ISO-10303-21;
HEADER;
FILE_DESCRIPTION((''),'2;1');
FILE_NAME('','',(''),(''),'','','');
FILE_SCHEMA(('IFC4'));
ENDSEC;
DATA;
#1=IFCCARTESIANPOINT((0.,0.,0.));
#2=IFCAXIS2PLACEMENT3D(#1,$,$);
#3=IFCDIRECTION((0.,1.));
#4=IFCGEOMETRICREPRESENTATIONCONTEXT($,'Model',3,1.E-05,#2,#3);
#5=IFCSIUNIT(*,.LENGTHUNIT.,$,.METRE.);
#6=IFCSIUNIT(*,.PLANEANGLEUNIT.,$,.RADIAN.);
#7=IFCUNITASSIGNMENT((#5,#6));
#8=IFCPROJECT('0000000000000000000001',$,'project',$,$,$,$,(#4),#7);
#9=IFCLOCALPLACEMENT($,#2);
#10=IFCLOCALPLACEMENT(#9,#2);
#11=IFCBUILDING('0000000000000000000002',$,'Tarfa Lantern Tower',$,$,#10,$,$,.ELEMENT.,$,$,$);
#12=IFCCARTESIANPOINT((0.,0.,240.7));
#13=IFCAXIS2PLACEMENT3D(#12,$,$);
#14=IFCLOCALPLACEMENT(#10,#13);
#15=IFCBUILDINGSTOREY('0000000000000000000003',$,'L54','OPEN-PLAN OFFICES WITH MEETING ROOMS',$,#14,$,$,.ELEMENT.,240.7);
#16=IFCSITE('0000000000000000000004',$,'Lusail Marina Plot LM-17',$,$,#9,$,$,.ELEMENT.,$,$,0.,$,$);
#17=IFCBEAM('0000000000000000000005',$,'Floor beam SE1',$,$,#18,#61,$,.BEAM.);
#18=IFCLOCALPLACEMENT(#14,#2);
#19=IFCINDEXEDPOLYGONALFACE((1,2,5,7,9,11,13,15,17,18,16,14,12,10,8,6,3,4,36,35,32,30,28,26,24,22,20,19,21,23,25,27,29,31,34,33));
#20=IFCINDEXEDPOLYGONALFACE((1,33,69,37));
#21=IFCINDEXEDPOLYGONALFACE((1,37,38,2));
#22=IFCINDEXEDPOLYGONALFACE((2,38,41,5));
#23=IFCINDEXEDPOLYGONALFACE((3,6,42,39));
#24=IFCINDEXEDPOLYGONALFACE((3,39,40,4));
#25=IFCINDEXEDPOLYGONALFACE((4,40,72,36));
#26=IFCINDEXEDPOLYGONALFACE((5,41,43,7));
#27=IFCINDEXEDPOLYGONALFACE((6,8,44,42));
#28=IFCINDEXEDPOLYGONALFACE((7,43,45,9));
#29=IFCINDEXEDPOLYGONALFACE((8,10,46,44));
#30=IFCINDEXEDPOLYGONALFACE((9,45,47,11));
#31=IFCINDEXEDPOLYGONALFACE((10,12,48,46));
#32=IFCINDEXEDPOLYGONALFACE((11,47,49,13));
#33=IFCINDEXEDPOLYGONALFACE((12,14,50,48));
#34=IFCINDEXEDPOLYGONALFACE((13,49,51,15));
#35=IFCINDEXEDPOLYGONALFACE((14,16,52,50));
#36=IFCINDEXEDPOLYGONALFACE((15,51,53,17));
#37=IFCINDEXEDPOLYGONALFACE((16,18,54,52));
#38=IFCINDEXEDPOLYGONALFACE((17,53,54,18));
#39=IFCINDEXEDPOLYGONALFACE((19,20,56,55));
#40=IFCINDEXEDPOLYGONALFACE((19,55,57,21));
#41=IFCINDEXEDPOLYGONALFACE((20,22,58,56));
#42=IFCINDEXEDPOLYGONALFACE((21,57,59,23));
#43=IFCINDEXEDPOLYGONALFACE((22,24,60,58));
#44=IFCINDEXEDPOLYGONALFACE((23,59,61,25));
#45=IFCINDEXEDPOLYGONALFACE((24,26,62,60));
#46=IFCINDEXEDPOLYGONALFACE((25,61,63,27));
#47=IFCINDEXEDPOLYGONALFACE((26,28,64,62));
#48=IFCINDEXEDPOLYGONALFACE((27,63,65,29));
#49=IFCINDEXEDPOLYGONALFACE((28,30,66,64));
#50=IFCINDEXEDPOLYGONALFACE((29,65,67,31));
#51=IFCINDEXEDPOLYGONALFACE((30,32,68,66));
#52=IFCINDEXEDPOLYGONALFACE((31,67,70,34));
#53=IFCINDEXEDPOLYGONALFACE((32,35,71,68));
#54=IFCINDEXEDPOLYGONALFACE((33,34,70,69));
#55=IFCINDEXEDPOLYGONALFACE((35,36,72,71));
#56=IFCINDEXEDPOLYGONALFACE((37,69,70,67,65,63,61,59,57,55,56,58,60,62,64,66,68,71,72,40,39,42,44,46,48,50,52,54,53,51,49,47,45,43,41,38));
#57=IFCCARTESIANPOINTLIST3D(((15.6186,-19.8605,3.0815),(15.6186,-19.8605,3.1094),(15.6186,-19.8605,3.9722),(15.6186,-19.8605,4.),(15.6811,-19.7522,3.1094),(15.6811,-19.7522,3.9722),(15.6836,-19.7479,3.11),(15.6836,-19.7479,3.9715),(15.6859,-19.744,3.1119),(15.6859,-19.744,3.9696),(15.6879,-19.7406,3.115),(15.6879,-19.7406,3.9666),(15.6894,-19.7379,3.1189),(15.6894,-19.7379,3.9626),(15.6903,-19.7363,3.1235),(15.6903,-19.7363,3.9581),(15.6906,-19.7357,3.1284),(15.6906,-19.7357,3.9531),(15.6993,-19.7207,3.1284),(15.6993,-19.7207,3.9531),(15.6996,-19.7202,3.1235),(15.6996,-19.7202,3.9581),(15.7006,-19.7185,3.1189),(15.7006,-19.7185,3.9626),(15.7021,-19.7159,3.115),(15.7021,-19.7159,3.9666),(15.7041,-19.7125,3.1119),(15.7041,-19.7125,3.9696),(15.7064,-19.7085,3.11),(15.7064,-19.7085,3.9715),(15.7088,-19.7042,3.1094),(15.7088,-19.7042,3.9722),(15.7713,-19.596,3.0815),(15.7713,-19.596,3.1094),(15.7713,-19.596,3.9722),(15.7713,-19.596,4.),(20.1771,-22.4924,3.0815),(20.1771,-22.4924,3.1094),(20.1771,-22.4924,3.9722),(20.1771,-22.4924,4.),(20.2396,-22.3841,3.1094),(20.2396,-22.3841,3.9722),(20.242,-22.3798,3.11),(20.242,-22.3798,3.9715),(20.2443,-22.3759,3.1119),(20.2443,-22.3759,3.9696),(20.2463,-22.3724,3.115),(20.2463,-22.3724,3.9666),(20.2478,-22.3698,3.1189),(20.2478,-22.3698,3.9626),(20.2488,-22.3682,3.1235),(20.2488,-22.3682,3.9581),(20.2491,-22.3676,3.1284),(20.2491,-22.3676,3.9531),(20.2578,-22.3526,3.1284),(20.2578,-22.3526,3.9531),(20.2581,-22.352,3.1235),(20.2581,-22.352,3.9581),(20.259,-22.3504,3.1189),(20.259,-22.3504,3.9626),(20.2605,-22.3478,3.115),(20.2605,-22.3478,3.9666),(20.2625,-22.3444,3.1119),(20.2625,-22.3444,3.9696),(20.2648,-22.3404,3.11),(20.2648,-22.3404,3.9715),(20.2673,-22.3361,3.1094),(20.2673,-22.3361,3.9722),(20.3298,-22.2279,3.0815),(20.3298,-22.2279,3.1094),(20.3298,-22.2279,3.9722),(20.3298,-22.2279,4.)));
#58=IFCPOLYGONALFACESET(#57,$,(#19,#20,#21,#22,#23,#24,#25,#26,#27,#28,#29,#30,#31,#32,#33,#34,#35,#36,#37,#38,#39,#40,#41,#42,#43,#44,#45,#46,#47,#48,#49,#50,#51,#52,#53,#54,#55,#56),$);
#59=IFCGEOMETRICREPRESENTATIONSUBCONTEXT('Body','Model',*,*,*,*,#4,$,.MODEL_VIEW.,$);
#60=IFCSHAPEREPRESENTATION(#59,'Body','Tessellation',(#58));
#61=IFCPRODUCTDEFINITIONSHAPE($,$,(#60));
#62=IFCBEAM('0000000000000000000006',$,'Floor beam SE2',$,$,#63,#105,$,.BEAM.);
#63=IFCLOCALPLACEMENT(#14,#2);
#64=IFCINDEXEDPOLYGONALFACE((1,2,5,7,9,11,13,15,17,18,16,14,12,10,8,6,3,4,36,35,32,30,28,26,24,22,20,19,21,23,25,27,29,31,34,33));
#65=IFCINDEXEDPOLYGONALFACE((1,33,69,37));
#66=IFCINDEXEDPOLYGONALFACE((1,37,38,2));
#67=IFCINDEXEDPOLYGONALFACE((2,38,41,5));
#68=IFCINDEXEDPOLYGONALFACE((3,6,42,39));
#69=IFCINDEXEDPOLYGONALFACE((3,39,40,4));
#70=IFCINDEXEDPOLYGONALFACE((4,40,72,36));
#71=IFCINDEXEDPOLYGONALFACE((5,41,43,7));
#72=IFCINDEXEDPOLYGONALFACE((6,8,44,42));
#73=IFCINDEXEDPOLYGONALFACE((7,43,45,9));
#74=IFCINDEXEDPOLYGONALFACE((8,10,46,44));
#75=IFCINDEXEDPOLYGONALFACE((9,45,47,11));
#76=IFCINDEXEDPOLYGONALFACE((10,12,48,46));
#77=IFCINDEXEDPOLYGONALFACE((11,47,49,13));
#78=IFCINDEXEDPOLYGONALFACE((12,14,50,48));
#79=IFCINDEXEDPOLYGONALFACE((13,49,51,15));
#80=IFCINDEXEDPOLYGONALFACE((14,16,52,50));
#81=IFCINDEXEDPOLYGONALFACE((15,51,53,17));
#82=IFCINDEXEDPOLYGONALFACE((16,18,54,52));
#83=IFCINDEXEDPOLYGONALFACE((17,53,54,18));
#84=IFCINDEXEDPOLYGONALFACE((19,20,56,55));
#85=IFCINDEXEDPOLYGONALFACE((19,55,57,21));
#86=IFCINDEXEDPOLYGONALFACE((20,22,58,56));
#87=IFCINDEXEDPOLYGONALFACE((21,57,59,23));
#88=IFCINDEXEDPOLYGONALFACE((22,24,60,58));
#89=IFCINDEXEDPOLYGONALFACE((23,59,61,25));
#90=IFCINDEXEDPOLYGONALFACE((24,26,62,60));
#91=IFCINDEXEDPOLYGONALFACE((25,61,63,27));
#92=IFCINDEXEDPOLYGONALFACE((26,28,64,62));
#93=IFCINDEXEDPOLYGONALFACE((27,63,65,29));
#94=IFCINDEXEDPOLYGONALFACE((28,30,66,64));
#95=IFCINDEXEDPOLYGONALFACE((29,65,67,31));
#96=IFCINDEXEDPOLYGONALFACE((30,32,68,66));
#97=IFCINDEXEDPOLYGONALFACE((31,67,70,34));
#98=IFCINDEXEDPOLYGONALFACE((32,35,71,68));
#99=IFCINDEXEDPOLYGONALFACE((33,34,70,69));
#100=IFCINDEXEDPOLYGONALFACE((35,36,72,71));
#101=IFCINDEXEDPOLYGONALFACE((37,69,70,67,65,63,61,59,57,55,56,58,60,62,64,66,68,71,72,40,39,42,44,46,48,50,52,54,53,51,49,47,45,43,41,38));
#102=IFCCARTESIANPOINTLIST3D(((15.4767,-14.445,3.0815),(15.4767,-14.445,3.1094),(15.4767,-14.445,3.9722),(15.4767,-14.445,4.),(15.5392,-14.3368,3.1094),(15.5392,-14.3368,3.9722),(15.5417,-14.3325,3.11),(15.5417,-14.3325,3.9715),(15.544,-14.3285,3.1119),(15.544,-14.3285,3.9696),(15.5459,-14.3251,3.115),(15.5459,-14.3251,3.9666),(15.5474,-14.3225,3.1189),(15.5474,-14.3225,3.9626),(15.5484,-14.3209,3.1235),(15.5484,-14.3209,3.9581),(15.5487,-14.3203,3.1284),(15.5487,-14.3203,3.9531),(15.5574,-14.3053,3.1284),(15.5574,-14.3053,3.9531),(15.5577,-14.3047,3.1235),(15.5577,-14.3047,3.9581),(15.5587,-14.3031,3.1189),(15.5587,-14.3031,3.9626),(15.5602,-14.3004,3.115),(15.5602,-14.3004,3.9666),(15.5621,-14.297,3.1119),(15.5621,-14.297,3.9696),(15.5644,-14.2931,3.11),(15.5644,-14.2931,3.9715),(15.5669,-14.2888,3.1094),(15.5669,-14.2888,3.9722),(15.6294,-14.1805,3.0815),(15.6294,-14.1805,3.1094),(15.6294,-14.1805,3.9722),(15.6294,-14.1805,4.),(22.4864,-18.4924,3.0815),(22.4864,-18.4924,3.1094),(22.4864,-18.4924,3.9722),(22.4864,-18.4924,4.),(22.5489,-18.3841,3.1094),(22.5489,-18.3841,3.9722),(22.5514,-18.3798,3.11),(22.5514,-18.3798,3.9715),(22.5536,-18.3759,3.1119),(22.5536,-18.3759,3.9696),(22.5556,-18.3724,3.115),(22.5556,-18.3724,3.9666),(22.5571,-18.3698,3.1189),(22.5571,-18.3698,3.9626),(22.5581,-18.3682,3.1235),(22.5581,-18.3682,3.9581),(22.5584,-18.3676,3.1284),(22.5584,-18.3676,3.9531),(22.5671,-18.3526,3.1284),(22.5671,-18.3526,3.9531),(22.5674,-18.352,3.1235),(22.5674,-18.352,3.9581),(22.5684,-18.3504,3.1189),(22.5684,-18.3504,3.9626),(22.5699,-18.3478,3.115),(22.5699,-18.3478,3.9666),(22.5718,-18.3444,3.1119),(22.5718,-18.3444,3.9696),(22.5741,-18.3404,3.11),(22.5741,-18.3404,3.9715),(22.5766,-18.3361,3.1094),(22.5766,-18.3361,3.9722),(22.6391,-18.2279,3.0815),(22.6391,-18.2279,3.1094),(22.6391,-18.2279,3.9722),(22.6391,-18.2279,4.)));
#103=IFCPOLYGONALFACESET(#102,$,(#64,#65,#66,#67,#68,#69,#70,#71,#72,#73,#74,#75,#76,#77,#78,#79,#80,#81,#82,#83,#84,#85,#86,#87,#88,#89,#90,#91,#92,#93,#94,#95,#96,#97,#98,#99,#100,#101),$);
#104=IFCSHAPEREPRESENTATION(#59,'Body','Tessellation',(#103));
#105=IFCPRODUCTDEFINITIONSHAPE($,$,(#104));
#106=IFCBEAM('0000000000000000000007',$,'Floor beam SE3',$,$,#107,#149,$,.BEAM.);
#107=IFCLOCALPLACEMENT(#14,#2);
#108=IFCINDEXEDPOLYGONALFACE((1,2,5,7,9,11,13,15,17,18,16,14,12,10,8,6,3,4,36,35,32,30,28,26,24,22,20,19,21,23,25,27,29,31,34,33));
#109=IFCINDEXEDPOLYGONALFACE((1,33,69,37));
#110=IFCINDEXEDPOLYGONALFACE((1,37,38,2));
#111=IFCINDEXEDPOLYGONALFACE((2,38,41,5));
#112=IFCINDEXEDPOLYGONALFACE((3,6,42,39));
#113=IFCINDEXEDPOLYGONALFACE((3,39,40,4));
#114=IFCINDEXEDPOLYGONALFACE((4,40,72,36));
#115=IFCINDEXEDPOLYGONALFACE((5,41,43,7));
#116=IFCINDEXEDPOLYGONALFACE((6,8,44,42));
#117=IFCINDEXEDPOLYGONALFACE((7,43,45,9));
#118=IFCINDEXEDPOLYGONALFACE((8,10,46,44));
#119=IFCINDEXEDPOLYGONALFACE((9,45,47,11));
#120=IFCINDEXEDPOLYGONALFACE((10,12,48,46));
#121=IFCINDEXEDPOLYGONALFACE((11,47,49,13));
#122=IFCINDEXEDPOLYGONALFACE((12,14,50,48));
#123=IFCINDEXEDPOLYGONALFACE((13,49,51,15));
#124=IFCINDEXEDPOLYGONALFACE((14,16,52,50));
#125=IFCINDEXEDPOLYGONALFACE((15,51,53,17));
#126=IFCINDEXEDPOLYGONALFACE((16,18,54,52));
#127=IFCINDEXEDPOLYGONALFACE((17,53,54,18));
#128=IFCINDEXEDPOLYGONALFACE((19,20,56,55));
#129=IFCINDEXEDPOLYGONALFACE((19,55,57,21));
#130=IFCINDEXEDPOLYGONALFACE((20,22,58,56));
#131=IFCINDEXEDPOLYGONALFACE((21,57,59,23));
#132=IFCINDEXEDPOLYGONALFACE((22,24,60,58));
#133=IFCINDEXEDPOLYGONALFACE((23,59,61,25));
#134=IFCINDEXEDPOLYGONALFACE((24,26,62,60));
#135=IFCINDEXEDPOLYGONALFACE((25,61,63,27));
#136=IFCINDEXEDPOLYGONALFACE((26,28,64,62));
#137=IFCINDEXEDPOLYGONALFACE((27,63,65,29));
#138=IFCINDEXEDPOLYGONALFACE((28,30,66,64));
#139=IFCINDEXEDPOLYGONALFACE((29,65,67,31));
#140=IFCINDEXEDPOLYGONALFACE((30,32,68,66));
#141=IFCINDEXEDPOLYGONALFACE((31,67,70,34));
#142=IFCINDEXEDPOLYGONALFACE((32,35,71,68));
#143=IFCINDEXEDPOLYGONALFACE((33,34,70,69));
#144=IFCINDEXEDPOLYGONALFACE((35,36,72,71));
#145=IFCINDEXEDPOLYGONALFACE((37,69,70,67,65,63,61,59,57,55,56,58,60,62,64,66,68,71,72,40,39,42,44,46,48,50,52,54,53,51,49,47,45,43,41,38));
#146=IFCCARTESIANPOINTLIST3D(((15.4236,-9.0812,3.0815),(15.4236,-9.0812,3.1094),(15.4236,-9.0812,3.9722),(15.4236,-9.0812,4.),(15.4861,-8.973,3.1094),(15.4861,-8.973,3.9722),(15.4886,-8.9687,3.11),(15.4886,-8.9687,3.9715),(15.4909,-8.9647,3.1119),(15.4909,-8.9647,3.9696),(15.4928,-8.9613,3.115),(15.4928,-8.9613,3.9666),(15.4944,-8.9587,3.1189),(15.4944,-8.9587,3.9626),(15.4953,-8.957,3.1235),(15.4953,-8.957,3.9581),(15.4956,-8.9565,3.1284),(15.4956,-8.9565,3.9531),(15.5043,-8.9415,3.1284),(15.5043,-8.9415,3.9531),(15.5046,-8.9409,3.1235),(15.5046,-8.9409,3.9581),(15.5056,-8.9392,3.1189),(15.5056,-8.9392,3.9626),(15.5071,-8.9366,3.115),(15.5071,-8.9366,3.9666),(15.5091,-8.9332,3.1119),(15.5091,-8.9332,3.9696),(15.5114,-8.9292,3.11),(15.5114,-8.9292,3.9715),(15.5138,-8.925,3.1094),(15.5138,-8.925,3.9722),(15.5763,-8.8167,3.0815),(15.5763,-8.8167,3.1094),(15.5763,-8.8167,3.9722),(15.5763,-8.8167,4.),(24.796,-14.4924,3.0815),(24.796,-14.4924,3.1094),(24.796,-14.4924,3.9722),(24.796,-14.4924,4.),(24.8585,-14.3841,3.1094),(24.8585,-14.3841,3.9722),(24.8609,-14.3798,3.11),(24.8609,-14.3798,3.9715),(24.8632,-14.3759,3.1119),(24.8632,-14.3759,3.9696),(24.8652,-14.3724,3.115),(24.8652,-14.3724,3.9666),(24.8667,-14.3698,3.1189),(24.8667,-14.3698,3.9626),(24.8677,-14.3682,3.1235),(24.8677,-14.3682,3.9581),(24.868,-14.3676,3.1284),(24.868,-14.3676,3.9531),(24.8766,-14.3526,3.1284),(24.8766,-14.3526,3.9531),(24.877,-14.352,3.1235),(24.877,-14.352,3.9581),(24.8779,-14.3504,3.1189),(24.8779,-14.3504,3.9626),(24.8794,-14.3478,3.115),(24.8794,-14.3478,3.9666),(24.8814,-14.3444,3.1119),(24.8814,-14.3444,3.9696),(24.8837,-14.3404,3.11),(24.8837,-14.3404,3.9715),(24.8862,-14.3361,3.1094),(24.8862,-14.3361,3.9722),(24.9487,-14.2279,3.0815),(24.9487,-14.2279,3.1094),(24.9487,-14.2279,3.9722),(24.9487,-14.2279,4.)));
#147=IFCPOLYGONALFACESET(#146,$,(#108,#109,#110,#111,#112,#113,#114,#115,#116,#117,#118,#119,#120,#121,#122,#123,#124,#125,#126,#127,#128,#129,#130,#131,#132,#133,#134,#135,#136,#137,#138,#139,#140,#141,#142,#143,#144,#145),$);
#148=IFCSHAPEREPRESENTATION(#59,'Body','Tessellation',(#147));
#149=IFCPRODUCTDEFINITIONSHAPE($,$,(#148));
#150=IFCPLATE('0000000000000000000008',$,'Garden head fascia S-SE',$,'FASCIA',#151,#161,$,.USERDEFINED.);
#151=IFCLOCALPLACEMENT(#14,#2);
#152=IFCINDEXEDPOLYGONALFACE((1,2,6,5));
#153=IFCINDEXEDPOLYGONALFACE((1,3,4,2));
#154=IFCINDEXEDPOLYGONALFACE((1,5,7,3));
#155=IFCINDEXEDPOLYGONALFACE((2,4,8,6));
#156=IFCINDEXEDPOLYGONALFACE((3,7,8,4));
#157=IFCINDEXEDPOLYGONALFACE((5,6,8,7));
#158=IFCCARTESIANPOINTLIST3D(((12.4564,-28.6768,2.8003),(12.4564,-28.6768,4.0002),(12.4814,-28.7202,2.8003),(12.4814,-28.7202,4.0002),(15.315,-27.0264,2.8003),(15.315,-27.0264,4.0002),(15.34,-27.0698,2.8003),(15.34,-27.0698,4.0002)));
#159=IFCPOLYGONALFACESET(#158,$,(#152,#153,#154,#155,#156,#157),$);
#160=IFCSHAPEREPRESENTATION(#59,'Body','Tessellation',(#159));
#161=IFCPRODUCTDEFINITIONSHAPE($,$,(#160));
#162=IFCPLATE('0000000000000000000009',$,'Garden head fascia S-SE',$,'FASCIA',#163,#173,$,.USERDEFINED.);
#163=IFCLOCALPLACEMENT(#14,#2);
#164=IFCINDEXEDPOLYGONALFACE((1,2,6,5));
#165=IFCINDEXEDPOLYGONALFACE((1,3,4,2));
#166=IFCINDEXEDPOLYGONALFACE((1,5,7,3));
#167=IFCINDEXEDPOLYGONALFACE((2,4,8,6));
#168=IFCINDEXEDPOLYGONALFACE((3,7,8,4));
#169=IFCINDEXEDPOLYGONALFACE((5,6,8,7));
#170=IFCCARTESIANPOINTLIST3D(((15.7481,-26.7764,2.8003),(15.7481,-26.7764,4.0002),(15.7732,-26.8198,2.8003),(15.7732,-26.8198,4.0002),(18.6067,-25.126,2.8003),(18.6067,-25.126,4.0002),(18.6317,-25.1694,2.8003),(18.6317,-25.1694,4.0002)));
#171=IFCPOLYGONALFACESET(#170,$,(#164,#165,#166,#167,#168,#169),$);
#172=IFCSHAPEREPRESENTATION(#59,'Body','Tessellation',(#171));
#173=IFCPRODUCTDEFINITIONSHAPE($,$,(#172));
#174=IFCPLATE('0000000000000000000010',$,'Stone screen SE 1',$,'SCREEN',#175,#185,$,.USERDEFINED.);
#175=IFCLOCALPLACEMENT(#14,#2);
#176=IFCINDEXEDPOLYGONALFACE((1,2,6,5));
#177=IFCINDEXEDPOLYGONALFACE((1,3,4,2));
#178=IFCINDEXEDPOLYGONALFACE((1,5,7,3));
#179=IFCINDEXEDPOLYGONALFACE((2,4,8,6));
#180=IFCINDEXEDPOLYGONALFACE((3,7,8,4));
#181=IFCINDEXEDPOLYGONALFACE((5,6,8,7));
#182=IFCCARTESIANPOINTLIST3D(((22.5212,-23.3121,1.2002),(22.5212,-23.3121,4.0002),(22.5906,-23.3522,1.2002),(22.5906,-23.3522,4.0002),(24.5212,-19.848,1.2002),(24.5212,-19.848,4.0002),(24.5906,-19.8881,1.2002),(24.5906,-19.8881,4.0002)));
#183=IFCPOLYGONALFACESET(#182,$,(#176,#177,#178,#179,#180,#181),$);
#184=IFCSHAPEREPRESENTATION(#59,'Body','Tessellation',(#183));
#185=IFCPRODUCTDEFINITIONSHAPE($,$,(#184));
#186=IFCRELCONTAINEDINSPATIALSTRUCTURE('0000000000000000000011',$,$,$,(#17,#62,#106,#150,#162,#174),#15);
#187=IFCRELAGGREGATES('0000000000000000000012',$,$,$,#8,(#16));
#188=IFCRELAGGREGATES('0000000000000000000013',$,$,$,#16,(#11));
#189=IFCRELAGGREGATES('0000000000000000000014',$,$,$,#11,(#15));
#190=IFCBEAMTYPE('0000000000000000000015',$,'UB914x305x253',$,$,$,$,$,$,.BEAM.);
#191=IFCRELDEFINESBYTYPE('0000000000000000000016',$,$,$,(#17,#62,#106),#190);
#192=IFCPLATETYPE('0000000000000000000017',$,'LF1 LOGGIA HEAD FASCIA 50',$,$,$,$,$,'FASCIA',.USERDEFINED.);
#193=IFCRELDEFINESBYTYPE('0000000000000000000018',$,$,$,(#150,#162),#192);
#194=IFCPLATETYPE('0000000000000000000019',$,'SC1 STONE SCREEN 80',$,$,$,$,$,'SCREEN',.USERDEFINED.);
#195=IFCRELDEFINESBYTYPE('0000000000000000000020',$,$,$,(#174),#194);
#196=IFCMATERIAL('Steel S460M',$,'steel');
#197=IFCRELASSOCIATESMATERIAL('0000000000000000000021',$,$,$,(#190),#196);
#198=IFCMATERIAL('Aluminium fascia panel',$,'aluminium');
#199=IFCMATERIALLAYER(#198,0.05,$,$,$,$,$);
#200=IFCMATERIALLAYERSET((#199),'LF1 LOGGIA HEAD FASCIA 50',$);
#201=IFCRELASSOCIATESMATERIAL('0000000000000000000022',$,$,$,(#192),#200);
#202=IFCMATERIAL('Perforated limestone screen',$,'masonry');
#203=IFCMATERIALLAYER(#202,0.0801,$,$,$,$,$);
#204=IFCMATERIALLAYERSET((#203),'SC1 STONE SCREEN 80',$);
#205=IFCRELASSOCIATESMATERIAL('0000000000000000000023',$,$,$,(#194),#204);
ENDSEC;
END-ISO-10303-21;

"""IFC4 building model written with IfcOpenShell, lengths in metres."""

from ifc_helpers import new_model, si_unit, direction, frame, origin, origin_2d, place, context, subcontext, project, spatial, rectangle, i_section, extrude, material, layer, layer_set, material_profile, profile_set, type_object, element, save


model = new_model("IFC4")

# Units and contexts
model_context = context("Model", 3, precision=1e-05, world=origin(), true_north=direction((0.0, 1.0)))
body_context = subcontext(model_context, "Body", "Model", "MODEL_VIEW")
ifc_project = project(units=[si_unit("LENGTHUNIT", "METRE"), si_unit("PLANEANGLEUNIT", "RADIAN")], contexts=[model_context])

# Site, building, storey
site_placement = place(None, origin())
site = spatial("IfcSite", under=ifc_project, at=site_placement, Name="Lusail Marina Plot LM-17", CompositionType="ELEMENT", RefElevation=0.0)
building_placement = place(site_placement, origin())
building = spatial("IfcBuilding", under=site, at=building_placement, Name="Tarfa Lantern Tower", CompositionType="ELEMENT")
storey_placement = place(building_placement, frame((0.0, 0.0, 240.7)))
storey = spatial("IfcBuildingStorey", under=building, at=storey_placement, Name="L54", Description="OPEN-PLAN OFFICES WITH MEETING ROOMS", CompositionType="ELEMENT", Elevation=240.7)

# Beams
ifc_material_1 = material(Name="Steel S460M", Category="steel")
ifc_material_profile_1 = material_profile(ifc_material_1, i_section(OverallWidth=0.3054, OverallDepth=0.9185, WebThickness=0.0173, FlangeThickness=0.0278, FilletRadius=0.019, at=origin_2d()), Name="UB914x305x253")
ifc_profile_set_1 = profile_set([ifc_material_profile_1], Name="Steel S460M")
beam_type_1 = type_object("IfcBeamType", Name="UB914x305x253", PredefinedType="BEAM", material=ifc_profile_set_1)
beam_1_placement = place(storey_placement, frame((20.2534, -22.3601, 3.5408), z_axis=(-0.86602, 0.50001, 0.0), x_axis=(-0.50001, -0.86602, 0.0)))
element("IfcBeam", 1, at=beam_1_placement, inside=storey, type_object=beam_type_1, Name="Floor beam SE1", PredefinedType="BEAM", context=body_context, shape_type="SweptSolid", body=[
    extrude(i_section(OverallWidth=0.3054, OverallDepth=0.9185, WebThickness=0.0173, FlangeThickness=0.0278, FilletRadius=0.019, at=origin_2d()), origin(), (0.0, 0.0, 1.0), 5.2637),
])
beam_2_placement = place(storey_placement, frame((22.5627, -18.3601, 3.5408), z_axis=(-0.866011, 0.500025, 0.0), x_axis=(-0.500025, -0.866011, 0.0)))
element("IfcBeam", 2, at=beam_2_placement, inside=storey, type_object=beam_type_1, Name="Floor beam SE2", PredefinedType="BEAM", context=body_context, shape_type="SweptSolid", body=[
    extrude(i_section(OverallWidth=0.3054, OverallDepth=0.9185, WebThickness=0.0173, FlangeThickness=0.0278, FilletRadius=0.019, at=origin_2d()), origin(), (0.0, 0.0, 1.0), 8.0942),
])
beam_3_placement = place(storey_placement, frame((24.8723, -14.3601, 3.5408), z_axis=(-0.866024, 0.500002, 0.0), x_axis=(-0.500002, -0.866024, 0.0)))
element("IfcBeam", 3, at=beam_3_placement, inside=storey, type_object=beam_type_1, Name="Floor beam SE3", PredefinedType="BEAM", context=body_context, shape_type="SweptSolid", body=[
    extrude(i_section(OverallWidth=0.3054, OverallDepth=0.9185, WebThickness=0.0173, FlangeThickness=0.0278, FilletRadius=0.019, at=origin_2d()), origin(), (0.0, 0.0, 1.0), 10.8223),
])

# Plates
ifc_material_2 = material(Name="Aluminium fascia panel", Category="aluminium")
ifc_layer_1 = layer(ifc_material_2, 0.05)
ifc_layer_set_1 = layer_set([ifc_layer_1], Name="LF1 LOGGIA HEAD FASCIA 50")
plate_type_1 = type_object("IfcPlateType", Name="LF1 LOGGIA HEAD FASCIA 50", ElementType="FASCIA", PredefinedType="USERDEFINED", material=ifc_layer_set_1)
for number, where, z_axis, x_axis, name in (
    (4, (13.8982, -27.8733, 2.8003), (0.0, 0.0, 1.0), (0.866025, 0.5, 0.0), "Garden head fascia S-SE"),
    (5, (17.1899, -25.9729, 2.8003), (0.0, 0.0, 1.0), (0.866025, 0.5, 0.0), "Garden head fascia S-SE"),
):
    element("IfcPlate", number, at=place(storey_placement, frame(where, z_axis=z_axis, x_axis=x_axis)), inside=storey, type_object=plate_type_1, Name=name, ObjectType="FASCIA", PredefinedType="USERDEFINED", context=body_context, shape_type="SweptSolid", body=[
        extrude(rectangle(XDim=3.3008, YDim=0.05, at=origin_2d()), origin(), (0.0, 0.0, 1.0), 1.2),
    ])
ifc_material_3 = material(Name="Perforated limestone screen", Category="masonry")
ifc_layer_2 = layer(ifc_material_3, 0.0801)
ifc_layer_set_2 = layer_set([ifc_layer_2], Name="SC1 STONE SCREEN 80")
plate_type_2 = type_object("IfcPlateType", Name="SC1 STONE SCREEN 80", ElementType="SCREEN", PredefinedType="USERDEFINED", material=ifc_layer_set_2)
plate_placement = place(storey_placement, frame((23.5559, -21.6001, 1.2002), z_axis=(0.0, 0.0, 1.0), x_axis=(0.5, 0.866025, 0.0)))
element("IfcPlate", 6, at=plate_placement, inside=storey, type_object=plate_type_2, Name="Stone screen SE 1", ObjectType="SCREEN", PredefinedType="USERDEFINED", context=body_context, shape_type="SweptSolid", body=[
    extrude(rectangle(XDim=4.0, YDim=0.0801, at=origin_2d()), origin(), (0.0, 0.0, 1.0), 2.8),
])

save(model, "model.ifc")
